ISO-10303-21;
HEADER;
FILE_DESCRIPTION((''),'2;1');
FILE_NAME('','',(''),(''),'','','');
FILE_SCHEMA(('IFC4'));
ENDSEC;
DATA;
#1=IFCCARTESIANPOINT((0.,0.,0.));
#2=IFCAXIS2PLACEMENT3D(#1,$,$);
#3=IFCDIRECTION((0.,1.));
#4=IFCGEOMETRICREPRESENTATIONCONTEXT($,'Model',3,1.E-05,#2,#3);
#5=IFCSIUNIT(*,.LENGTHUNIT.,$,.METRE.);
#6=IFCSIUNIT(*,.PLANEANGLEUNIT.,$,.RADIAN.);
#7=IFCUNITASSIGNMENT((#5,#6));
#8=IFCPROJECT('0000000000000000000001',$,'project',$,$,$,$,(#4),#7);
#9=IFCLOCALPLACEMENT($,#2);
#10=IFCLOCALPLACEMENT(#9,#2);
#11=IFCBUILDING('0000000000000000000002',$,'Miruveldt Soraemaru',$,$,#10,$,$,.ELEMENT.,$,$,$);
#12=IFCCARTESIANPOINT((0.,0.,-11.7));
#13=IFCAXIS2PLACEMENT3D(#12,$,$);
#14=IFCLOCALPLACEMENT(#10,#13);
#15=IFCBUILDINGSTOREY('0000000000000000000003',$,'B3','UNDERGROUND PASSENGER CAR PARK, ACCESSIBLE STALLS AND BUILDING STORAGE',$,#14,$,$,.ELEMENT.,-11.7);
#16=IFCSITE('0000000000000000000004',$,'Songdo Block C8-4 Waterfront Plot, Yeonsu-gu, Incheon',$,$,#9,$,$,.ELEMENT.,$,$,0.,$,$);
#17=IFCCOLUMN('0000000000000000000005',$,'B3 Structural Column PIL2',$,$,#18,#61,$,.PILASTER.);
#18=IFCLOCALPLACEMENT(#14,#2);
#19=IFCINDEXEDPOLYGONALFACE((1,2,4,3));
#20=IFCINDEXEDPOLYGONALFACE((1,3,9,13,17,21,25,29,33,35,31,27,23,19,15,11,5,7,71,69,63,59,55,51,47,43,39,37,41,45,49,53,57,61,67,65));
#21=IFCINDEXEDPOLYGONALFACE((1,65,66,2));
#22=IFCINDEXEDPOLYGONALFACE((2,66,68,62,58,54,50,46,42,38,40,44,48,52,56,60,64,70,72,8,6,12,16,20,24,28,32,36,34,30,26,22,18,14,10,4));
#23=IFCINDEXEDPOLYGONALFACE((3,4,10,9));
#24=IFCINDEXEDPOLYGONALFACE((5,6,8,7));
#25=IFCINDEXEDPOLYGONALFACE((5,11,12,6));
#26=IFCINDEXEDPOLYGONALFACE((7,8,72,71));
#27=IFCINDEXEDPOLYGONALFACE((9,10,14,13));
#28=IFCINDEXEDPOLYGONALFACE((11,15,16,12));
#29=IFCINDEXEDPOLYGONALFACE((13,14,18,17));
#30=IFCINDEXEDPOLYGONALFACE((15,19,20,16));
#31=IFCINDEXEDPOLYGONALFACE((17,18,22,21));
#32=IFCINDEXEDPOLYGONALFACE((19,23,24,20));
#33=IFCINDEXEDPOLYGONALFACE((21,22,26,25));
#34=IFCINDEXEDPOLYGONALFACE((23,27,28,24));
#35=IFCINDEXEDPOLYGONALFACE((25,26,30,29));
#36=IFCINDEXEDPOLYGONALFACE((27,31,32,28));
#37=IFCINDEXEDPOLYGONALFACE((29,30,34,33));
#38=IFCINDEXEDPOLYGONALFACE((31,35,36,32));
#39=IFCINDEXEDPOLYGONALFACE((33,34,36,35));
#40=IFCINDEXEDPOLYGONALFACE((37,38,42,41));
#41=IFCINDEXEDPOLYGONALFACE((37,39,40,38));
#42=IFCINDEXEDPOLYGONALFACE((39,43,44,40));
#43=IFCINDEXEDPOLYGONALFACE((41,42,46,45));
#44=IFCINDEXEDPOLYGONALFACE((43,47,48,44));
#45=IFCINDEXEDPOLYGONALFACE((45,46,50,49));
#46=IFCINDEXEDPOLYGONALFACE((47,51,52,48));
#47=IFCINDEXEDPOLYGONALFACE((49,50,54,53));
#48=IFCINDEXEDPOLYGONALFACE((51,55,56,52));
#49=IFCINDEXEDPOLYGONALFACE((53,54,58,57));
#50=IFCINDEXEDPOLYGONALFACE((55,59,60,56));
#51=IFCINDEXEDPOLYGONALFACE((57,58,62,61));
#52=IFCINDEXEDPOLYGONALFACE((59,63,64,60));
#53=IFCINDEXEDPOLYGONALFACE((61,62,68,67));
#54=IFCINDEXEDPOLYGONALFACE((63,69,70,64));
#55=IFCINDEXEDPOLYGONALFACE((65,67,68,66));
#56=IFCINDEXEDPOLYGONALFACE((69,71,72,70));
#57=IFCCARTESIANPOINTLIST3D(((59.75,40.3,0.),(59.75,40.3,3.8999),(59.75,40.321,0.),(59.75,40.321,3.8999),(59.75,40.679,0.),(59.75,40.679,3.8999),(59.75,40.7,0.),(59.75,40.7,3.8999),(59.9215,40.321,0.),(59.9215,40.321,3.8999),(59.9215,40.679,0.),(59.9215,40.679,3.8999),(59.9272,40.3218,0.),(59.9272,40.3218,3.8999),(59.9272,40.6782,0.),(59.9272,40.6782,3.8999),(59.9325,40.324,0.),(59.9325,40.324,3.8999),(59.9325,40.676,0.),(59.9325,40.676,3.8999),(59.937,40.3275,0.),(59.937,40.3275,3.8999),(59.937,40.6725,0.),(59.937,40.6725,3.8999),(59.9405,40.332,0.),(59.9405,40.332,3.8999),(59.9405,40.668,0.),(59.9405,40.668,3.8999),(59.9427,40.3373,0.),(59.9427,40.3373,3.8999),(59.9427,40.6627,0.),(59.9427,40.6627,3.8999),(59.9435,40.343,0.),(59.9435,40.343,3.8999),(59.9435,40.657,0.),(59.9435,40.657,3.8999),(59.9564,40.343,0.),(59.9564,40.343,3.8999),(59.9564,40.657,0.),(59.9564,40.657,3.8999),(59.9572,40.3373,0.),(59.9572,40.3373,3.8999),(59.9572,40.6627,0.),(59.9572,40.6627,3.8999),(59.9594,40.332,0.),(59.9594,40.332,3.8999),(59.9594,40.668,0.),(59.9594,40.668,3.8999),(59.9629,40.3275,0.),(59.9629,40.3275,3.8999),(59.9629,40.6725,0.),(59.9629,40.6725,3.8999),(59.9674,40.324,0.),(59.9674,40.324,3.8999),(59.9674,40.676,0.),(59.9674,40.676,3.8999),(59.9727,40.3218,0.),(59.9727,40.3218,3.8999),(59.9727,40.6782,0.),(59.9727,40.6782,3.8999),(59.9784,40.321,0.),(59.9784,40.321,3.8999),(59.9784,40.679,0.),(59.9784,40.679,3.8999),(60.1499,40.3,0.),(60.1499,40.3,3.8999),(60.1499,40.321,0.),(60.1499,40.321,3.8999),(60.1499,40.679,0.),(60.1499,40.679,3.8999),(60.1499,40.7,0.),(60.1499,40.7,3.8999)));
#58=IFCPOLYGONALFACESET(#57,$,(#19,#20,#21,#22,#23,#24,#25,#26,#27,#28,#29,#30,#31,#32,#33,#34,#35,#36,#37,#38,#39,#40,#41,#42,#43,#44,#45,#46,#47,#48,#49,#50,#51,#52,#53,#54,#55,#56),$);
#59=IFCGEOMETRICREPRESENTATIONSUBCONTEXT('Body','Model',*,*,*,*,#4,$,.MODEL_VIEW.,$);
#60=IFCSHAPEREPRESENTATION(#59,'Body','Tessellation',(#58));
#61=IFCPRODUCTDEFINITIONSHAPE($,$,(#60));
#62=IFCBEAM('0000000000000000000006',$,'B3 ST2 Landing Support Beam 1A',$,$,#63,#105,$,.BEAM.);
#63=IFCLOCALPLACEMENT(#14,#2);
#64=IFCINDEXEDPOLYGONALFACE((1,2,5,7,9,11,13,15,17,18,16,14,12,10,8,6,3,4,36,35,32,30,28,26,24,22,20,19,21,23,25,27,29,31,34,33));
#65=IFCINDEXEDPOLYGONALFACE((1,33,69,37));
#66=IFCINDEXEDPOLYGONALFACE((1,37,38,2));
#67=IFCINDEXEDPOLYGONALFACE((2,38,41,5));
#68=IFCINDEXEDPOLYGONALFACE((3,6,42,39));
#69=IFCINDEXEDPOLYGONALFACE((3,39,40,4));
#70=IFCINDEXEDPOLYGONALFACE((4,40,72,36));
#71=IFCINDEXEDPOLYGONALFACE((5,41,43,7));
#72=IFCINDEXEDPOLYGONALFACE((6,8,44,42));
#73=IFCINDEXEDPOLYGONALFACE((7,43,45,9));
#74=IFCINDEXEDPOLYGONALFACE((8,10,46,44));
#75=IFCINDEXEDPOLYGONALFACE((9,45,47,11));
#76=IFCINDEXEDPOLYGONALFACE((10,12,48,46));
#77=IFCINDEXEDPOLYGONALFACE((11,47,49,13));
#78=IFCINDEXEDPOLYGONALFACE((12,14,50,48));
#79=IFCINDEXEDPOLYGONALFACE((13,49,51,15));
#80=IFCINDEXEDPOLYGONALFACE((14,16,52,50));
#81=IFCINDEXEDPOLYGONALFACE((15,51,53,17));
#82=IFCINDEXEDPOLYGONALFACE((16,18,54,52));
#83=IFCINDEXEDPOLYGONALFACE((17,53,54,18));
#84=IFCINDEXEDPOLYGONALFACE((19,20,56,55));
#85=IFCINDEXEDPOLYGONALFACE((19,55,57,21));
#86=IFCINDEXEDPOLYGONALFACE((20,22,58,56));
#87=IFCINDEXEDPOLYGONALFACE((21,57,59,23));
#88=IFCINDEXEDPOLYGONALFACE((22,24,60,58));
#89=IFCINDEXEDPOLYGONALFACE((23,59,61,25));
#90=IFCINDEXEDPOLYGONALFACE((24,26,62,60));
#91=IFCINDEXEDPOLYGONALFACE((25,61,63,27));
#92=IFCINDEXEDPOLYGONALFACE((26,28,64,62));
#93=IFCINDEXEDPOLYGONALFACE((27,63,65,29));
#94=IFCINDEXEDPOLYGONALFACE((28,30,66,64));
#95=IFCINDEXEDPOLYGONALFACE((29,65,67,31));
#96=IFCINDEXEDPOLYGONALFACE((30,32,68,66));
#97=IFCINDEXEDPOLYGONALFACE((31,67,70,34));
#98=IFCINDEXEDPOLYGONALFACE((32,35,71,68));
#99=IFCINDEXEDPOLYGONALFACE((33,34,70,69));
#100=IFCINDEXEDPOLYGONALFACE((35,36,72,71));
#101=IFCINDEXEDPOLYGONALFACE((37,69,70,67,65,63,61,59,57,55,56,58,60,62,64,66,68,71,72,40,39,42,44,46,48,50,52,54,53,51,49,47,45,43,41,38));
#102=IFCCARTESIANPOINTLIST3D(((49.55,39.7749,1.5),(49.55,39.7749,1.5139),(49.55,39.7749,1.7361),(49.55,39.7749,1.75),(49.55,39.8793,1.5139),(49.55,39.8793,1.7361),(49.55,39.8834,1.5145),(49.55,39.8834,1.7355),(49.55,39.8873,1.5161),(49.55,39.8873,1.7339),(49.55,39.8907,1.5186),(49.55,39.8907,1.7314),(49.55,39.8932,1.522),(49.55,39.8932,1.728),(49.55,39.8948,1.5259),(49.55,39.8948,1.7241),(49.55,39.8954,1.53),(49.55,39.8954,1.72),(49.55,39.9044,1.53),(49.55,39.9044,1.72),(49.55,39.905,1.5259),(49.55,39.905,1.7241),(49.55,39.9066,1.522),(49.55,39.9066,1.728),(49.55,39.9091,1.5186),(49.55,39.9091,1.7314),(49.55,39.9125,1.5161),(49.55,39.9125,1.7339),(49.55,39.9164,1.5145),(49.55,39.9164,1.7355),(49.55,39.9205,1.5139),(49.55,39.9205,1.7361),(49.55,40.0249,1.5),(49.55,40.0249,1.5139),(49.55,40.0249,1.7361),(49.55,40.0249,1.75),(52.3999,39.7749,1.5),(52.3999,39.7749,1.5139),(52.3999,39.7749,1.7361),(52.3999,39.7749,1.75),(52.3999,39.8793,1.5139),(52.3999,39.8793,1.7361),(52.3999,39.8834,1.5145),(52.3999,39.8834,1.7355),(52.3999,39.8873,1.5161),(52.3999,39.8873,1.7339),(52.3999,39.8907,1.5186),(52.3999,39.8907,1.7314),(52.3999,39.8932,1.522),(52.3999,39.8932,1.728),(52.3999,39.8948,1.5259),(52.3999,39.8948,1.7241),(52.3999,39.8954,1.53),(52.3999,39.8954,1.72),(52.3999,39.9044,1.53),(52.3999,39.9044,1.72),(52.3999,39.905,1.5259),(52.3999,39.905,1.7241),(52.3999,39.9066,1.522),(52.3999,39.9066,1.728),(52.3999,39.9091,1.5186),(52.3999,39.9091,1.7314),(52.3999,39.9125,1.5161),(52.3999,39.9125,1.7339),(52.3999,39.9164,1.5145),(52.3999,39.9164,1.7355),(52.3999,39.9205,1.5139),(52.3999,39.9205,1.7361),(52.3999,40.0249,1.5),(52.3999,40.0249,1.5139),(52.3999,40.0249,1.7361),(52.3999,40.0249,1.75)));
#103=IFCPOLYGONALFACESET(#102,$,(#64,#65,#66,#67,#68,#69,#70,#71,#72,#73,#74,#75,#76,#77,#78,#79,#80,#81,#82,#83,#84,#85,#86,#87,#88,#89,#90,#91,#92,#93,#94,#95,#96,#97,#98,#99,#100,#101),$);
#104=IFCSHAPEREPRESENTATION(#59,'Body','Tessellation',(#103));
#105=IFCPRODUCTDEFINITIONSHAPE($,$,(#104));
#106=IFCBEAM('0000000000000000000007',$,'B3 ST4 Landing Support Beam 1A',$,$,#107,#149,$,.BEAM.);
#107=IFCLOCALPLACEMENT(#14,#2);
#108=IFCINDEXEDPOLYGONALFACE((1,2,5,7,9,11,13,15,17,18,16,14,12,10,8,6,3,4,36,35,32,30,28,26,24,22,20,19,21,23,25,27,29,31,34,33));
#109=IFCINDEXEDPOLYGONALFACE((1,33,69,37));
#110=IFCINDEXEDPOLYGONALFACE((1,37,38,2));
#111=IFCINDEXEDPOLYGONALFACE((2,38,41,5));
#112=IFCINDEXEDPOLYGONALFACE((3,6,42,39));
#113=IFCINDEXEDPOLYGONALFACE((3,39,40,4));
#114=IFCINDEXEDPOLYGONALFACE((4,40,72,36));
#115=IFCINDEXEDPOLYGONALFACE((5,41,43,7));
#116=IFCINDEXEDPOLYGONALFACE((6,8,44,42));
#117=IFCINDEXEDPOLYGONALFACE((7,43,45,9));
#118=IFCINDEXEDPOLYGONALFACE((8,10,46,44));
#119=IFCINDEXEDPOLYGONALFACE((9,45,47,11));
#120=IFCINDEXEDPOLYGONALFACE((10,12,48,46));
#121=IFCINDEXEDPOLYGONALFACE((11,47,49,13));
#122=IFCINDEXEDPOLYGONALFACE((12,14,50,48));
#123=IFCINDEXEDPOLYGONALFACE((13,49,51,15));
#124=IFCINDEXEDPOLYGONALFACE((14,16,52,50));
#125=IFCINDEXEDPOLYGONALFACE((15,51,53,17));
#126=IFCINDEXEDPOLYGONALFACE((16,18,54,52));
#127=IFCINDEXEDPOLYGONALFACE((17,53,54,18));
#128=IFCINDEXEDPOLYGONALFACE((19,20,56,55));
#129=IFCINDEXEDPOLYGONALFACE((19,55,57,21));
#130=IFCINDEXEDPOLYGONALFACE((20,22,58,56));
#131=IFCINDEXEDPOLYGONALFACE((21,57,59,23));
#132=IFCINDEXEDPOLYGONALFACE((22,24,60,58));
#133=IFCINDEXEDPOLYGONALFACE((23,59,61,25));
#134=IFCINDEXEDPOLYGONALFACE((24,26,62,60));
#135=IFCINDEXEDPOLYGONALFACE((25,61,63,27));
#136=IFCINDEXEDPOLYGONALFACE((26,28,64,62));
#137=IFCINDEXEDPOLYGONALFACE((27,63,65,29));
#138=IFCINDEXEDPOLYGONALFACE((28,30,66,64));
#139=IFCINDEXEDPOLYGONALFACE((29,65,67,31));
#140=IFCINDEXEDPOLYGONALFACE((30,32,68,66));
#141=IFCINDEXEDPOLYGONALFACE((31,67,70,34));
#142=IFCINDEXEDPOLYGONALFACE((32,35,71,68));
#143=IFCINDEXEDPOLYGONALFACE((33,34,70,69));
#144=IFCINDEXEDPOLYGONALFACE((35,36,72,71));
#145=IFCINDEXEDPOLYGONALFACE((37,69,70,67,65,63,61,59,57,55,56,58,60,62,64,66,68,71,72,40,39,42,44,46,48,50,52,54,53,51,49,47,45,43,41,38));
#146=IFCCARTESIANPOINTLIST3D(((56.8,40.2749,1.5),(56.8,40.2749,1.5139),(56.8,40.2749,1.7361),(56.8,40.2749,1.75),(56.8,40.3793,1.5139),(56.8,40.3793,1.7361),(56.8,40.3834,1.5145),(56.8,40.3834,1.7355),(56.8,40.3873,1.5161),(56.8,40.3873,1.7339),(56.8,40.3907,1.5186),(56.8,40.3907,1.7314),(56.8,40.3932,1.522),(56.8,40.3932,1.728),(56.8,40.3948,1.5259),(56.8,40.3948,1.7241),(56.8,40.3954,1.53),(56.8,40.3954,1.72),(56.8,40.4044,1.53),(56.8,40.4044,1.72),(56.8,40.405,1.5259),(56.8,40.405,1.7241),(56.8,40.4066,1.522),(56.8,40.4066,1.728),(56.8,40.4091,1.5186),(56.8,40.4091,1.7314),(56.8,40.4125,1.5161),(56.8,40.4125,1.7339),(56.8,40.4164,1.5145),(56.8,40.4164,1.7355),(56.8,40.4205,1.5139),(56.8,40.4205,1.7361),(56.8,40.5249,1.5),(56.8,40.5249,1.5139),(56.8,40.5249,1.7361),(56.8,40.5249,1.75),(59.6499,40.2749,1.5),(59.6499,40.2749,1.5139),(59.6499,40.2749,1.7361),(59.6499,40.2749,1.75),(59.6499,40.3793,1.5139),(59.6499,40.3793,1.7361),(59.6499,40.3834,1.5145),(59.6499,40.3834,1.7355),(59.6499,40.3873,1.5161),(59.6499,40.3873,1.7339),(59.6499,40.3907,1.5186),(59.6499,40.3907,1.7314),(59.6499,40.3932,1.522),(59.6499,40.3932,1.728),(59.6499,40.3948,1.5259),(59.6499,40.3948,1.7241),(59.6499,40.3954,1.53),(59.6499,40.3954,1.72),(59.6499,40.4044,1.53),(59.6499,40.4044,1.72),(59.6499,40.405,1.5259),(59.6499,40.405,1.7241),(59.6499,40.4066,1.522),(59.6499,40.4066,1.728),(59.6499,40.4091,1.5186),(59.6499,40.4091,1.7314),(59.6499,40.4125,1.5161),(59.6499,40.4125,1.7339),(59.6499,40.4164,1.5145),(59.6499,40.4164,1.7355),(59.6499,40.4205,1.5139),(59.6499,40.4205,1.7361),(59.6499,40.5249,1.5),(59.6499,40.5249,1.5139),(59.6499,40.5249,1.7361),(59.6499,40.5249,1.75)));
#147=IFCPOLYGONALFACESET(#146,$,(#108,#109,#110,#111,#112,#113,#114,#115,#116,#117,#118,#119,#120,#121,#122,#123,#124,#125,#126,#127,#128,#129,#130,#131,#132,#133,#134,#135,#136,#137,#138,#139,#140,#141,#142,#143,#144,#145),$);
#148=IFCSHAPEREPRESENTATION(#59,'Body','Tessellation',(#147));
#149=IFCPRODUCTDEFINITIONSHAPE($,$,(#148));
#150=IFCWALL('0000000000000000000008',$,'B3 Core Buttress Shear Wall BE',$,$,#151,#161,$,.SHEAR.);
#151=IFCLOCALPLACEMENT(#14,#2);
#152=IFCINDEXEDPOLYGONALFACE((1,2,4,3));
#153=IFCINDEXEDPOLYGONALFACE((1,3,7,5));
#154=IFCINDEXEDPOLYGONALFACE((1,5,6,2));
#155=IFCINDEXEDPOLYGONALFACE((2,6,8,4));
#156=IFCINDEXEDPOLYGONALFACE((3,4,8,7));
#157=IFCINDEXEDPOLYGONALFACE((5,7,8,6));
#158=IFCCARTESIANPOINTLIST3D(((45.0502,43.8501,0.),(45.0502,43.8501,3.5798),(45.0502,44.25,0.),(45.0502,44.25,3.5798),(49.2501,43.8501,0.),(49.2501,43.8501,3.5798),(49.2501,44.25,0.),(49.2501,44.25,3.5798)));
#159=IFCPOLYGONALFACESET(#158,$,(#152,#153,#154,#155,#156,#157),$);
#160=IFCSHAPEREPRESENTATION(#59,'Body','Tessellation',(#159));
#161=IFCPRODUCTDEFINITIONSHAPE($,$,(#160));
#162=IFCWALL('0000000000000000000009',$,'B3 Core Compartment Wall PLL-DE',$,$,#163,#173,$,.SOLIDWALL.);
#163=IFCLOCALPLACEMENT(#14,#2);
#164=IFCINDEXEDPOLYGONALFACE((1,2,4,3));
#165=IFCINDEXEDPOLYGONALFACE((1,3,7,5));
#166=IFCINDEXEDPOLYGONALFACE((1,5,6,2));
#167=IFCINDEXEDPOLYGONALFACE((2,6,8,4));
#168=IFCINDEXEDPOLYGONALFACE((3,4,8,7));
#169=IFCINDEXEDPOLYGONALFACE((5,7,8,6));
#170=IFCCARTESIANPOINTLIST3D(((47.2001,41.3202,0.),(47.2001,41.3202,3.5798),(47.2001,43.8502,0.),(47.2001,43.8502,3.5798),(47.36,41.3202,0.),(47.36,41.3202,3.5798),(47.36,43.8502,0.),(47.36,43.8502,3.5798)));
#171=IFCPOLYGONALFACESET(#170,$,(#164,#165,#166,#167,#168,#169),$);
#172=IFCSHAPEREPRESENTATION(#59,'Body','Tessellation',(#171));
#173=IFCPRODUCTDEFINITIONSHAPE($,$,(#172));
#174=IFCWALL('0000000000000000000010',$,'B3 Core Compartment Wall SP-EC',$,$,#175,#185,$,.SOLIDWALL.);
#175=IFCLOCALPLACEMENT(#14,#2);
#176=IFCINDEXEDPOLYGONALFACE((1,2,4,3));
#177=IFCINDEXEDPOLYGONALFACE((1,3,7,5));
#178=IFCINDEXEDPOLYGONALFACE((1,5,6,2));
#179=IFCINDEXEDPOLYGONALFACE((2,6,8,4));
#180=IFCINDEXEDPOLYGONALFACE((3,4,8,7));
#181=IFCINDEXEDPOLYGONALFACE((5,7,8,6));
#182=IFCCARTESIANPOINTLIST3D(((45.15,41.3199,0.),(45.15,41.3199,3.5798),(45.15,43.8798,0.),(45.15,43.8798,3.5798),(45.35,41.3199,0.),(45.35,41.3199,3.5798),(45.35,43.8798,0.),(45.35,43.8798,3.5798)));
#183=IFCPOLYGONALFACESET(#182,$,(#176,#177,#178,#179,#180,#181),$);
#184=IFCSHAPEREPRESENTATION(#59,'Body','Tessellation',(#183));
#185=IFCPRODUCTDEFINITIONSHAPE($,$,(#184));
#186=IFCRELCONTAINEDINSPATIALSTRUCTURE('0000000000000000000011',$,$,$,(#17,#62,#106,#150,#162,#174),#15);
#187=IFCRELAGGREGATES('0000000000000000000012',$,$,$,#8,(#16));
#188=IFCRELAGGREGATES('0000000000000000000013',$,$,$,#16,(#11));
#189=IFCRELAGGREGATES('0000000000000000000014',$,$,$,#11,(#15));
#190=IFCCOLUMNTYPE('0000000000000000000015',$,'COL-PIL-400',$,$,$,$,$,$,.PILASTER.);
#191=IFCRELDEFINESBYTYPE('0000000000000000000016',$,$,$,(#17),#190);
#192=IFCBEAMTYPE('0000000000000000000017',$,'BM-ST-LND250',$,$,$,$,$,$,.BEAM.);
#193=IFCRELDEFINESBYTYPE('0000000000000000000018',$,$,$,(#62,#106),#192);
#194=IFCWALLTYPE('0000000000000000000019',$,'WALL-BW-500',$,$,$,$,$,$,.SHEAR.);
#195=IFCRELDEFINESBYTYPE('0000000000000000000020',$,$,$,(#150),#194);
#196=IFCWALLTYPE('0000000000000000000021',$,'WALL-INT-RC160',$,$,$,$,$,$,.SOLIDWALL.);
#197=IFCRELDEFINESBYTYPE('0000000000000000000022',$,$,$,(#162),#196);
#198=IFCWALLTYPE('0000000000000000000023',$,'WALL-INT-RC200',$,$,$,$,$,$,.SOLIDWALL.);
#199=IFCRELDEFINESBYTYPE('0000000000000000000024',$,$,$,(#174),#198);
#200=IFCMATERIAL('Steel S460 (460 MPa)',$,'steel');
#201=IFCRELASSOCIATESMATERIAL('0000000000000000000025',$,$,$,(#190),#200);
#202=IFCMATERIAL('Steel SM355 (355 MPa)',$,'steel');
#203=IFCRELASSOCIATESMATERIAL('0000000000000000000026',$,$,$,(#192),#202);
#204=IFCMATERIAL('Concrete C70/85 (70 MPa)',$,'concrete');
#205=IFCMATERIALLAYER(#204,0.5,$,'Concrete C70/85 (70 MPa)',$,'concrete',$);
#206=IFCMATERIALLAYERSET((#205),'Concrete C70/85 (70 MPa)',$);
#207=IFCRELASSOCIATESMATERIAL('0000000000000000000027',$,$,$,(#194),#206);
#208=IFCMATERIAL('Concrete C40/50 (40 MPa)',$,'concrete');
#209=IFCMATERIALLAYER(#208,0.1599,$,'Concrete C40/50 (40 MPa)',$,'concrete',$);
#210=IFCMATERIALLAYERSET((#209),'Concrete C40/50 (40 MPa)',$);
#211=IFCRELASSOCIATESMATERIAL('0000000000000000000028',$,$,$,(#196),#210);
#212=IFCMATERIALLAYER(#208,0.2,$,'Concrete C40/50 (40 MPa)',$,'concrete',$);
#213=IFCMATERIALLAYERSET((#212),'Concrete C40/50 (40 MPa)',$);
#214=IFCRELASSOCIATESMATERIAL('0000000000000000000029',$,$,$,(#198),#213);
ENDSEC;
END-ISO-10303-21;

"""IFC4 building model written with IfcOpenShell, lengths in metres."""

from ifc_helpers import new_model, si_unit, direction, frame, frame_2d, origin, origin_2d, place, context, subcontext, project, spatial, rectangle, i_section, extrude, material, layer, layer_set, material_profile, profile_set, type_object, element, save


model = new_model("IFC4")

# Units and contexts
model_context = context("Model", 3, precision=1e-05, world=origin(), true_north=direction((0.0, 1.0)))
body_context = subcontext(model_context, "Body", "Model", "MODEL_VIEW")
ifc_project = project(units=[si_unit("LENGTHUNIT", "METRE"), si_unit("PLANEANGLEUNIT", "RADIAN")], contexts=[model_context])

# Site, building, storey
site_placement = place(None, origin())
site = spatial("IfcSite", under=ifc_project, at=site_placement, Name="Songdo Block C8-4 Waterfront Plot, Yeonsu-gu, Incheon", CompositionType="ELEMENT", RefElevation=0.0)
building_placement = place(site_placement, origin())
building = spatial("IfcBuilding", under=site, at=building_placement, Name="Miruveldt Soraemaru", CompositionType="ELEMENT")
storey_placement = place(building_placement, frame((0.0, 0.0, -11.7)))
storey = spatial("IfcBuildingStorey", under=building, at=storey_placement, Name="B3", Description="UNDERGROUND PASSENGER CAR PARK, ACCESSIBLE STALLS AND BUILDING STORAGE", CompositionType="ELEMENT", Elevation=-11.7)

# Column
ifc_material_1 = material(Name="Steel S460 (460 MPa)", Category="steel")
ifc_material_profile_1 = material_profile(ifc_material_1, i_section(OverallWidth=0.3999, OverallDepth=0.3999, WebThickness=0.0129, FlangeThickness=0.021, FilletRadius=0.022, at=origin_2d()), Name="Steel S460 (460 MPa)", Category="steel")
ifc_profile_set_1 = profile_set([ifc_material_profile_1], Name="Steel S460 (460 MPa)")
column_type = type_object("IfcColumnType", Name="COL-PIL-400", PredefinedType="PILASTER", material=ifc_profile_set_1)
column_placement = place(storey_placement, frame((59.95, 40.5, 0.0), z_axis=(0.0, 0.0, 1.0), x_axis=(1.0, 0.0, 0.0)))
element("IfcColumn", 1, at=column_placement, inside=storey, type_object=column_type, Name="B3 Structural Column PIL2", PredefinedType="PILASTER", context=body_context, shape_type="SweptSolid", body=[
    extrude(i_section(OverallWidth=0.3999, OverallDepth=0.3999, WebThickness=0.0129, FlangeThickness=0.021, FilletRadius=0.022, at=origin_2d()), origin(), (0.0, 0.0, 1.0), 3.8999),
])

# Beams
ifc_material_2 = material(Name="Steel SM355 (355 MPa)", Category="steel")
ifc_material_profile_2 = material_profile(ifc_material_2, i_section(OverallWidth=0.25, OverallDepth=0.25, WebThickness=0.009, FlangeThickness=0.0139, FilletRadius=0.0161, at=origin_2d()), Name="Steel SM355 (355 MPa)", Category="steel")
ifc_profile_set_2 = profile_set([ifc_material_profile_2], Name="Steel SM355 (355 MPa)")
beam_type = type_object("IfcBeamType", Name="BM-ST-LND250", PredefinedType="BEAM", material=ifc_profile_set_2)
for number, where, z_axis, x_axis, name in (
    (2, (49.55, 39.8999, 1.625), (1.0, 0.0, 0.0), (0.0, 1.0, 0.0), "B3 ST2 Landing Support Beam 1A"),
    (3, (56.8, 40.3999, 1.625), (1.0, 0.0, 0.0), (0.0, 1.0, 0.0), "B3 ST4 Landing Support Beam 1A"),
):
    element("IfcBeam", number, at=place(storey_placement, frame(where, z_axis=z_axis, x_axis=x_axis)), inside=storey, type_object=beam_type, Name=name, PredefinedType="BEAM", context=body_context, shape_type="SweptSolid", body=[
        extrude(i_section(OverallWidth=0.25, OverallDepth=0.25, WebThickness=0.009, FlangeThickness=0.0139, FilletRadius=0.0161, at=origin_2d()), origin(), (0.0, 0.0, 1.0), 2.8499),
    ])

# Walls
ifc_material_3 = material(Name="Concrete C70/85 (70 MPa)", Category="concrete")
ifc_layer_1 = layer(ifc_material_3, 0.5, Name="Concrete C70/85 (70 MPa)", Category="concrete")
ifc_layer_set_1 = layer_set([ifc_layer_1], Name="Concrete C70/85 (70 MPa)")
wall_type_1 = type_object("IfcWallType", Name="WALL-BW-500", PredefinedType="SHEAR", material=ifc_layer_set_1)
wall_1_placement = place(storey_placement, frame((45.05, 44.05, 0.0), z_axis=(0.0, 0.0, 1.0), x_axis=(1.0, 0.0, 0.0)))
element("IfcWall", 4, at=wall_1_placement, inside=storey, type_object=wall_type_1, Name="B3 Core Buttress Shear Wall BE", PredefinedType="SHEAR", context=body_context, shape_type="SweptSolid", body=[
    extrude(rectangle(XDim=4.2, YDim=0.3999, at=frame_2d((2.1001, 0.0))), origin(), (0.0, 0.0, 1.0), 3.5798),
])
ifc_material_4 = material(Name="Concrete C40/50 (40 MPa)", Category="concrete")
ifc_layer_2 = layer(ifc_material_4, 0.1599, Name="Concrete C40/50 (40 MPa)", Category="concrete")
ifc_layer_set_2 = layer_set([ifc_layer_2], Name="Concrete C40/50 (40 MPa)")
wall_type_2 = type_object("IfcWallType", Name="WALL-INT-RC160", PredefinedType="SOLIDWALL", material=ifc_layer_set_2)
wall_2_placement = place(storey_placement, frame((47.28, 41.3201, 0.0), z_axis=(0.0, 0.0, 1.0), x_axis=(0.0, 1.0, 0.0)))
element("IfcWall", 5, at=wall_2_placement, inside=storey, type_object=wall_type_2, Name="B3 Core Compartment Wall PLL-DE", PredefinedType="SOLIDWALL", context=body_context, shape_type="SweptSolid", body=[
    extrude(rectangle(XDim=2.53, YDim=0.1599, at=frame_2d((1.2651, 0.0))), origin(), (0.0, 0.0, 1.0), 3.5798),
])

# Shared definitions
ifc_layer_3 = layer(ifc_material_4, 0.2, Name="Concrete C40/50 (40 MPa)", Category="concrete")
ifc_layer_set_3 = layer_set([ifc_layer_3], Name="Concrete C40/50 (40 MPa)")
wall_type_3 = type_object("IfcWallType", Name="WALL-INT-RC200", PredefinedType="SOLIDWALL", material=ifc_layer_set_3)

# Wall
wall_3_placement = place(storey_placement, frame((45.25, 41.3201, 0.0), z_axis=(0.0, 0.0, 1.0), x_axis=(0.0, 1.0, 0.0)))
element("IfcWall", 6, at=wall_3_placement, inside=storey, type_object=wall_type_3, Name="B3 Core Compartment Wall SP-EC", PredefinedType="SOLIDWALL", context=body_context, shape_type="SweptSolid", body=[
    extrude(rectangle(XDim=2.5598, YDim=0.2, at=frame_2d((1.2798, 0.0))), origin(), (0.0, 0.0, 1.0), 3.5798),
])

save(model, "model.ifc")
